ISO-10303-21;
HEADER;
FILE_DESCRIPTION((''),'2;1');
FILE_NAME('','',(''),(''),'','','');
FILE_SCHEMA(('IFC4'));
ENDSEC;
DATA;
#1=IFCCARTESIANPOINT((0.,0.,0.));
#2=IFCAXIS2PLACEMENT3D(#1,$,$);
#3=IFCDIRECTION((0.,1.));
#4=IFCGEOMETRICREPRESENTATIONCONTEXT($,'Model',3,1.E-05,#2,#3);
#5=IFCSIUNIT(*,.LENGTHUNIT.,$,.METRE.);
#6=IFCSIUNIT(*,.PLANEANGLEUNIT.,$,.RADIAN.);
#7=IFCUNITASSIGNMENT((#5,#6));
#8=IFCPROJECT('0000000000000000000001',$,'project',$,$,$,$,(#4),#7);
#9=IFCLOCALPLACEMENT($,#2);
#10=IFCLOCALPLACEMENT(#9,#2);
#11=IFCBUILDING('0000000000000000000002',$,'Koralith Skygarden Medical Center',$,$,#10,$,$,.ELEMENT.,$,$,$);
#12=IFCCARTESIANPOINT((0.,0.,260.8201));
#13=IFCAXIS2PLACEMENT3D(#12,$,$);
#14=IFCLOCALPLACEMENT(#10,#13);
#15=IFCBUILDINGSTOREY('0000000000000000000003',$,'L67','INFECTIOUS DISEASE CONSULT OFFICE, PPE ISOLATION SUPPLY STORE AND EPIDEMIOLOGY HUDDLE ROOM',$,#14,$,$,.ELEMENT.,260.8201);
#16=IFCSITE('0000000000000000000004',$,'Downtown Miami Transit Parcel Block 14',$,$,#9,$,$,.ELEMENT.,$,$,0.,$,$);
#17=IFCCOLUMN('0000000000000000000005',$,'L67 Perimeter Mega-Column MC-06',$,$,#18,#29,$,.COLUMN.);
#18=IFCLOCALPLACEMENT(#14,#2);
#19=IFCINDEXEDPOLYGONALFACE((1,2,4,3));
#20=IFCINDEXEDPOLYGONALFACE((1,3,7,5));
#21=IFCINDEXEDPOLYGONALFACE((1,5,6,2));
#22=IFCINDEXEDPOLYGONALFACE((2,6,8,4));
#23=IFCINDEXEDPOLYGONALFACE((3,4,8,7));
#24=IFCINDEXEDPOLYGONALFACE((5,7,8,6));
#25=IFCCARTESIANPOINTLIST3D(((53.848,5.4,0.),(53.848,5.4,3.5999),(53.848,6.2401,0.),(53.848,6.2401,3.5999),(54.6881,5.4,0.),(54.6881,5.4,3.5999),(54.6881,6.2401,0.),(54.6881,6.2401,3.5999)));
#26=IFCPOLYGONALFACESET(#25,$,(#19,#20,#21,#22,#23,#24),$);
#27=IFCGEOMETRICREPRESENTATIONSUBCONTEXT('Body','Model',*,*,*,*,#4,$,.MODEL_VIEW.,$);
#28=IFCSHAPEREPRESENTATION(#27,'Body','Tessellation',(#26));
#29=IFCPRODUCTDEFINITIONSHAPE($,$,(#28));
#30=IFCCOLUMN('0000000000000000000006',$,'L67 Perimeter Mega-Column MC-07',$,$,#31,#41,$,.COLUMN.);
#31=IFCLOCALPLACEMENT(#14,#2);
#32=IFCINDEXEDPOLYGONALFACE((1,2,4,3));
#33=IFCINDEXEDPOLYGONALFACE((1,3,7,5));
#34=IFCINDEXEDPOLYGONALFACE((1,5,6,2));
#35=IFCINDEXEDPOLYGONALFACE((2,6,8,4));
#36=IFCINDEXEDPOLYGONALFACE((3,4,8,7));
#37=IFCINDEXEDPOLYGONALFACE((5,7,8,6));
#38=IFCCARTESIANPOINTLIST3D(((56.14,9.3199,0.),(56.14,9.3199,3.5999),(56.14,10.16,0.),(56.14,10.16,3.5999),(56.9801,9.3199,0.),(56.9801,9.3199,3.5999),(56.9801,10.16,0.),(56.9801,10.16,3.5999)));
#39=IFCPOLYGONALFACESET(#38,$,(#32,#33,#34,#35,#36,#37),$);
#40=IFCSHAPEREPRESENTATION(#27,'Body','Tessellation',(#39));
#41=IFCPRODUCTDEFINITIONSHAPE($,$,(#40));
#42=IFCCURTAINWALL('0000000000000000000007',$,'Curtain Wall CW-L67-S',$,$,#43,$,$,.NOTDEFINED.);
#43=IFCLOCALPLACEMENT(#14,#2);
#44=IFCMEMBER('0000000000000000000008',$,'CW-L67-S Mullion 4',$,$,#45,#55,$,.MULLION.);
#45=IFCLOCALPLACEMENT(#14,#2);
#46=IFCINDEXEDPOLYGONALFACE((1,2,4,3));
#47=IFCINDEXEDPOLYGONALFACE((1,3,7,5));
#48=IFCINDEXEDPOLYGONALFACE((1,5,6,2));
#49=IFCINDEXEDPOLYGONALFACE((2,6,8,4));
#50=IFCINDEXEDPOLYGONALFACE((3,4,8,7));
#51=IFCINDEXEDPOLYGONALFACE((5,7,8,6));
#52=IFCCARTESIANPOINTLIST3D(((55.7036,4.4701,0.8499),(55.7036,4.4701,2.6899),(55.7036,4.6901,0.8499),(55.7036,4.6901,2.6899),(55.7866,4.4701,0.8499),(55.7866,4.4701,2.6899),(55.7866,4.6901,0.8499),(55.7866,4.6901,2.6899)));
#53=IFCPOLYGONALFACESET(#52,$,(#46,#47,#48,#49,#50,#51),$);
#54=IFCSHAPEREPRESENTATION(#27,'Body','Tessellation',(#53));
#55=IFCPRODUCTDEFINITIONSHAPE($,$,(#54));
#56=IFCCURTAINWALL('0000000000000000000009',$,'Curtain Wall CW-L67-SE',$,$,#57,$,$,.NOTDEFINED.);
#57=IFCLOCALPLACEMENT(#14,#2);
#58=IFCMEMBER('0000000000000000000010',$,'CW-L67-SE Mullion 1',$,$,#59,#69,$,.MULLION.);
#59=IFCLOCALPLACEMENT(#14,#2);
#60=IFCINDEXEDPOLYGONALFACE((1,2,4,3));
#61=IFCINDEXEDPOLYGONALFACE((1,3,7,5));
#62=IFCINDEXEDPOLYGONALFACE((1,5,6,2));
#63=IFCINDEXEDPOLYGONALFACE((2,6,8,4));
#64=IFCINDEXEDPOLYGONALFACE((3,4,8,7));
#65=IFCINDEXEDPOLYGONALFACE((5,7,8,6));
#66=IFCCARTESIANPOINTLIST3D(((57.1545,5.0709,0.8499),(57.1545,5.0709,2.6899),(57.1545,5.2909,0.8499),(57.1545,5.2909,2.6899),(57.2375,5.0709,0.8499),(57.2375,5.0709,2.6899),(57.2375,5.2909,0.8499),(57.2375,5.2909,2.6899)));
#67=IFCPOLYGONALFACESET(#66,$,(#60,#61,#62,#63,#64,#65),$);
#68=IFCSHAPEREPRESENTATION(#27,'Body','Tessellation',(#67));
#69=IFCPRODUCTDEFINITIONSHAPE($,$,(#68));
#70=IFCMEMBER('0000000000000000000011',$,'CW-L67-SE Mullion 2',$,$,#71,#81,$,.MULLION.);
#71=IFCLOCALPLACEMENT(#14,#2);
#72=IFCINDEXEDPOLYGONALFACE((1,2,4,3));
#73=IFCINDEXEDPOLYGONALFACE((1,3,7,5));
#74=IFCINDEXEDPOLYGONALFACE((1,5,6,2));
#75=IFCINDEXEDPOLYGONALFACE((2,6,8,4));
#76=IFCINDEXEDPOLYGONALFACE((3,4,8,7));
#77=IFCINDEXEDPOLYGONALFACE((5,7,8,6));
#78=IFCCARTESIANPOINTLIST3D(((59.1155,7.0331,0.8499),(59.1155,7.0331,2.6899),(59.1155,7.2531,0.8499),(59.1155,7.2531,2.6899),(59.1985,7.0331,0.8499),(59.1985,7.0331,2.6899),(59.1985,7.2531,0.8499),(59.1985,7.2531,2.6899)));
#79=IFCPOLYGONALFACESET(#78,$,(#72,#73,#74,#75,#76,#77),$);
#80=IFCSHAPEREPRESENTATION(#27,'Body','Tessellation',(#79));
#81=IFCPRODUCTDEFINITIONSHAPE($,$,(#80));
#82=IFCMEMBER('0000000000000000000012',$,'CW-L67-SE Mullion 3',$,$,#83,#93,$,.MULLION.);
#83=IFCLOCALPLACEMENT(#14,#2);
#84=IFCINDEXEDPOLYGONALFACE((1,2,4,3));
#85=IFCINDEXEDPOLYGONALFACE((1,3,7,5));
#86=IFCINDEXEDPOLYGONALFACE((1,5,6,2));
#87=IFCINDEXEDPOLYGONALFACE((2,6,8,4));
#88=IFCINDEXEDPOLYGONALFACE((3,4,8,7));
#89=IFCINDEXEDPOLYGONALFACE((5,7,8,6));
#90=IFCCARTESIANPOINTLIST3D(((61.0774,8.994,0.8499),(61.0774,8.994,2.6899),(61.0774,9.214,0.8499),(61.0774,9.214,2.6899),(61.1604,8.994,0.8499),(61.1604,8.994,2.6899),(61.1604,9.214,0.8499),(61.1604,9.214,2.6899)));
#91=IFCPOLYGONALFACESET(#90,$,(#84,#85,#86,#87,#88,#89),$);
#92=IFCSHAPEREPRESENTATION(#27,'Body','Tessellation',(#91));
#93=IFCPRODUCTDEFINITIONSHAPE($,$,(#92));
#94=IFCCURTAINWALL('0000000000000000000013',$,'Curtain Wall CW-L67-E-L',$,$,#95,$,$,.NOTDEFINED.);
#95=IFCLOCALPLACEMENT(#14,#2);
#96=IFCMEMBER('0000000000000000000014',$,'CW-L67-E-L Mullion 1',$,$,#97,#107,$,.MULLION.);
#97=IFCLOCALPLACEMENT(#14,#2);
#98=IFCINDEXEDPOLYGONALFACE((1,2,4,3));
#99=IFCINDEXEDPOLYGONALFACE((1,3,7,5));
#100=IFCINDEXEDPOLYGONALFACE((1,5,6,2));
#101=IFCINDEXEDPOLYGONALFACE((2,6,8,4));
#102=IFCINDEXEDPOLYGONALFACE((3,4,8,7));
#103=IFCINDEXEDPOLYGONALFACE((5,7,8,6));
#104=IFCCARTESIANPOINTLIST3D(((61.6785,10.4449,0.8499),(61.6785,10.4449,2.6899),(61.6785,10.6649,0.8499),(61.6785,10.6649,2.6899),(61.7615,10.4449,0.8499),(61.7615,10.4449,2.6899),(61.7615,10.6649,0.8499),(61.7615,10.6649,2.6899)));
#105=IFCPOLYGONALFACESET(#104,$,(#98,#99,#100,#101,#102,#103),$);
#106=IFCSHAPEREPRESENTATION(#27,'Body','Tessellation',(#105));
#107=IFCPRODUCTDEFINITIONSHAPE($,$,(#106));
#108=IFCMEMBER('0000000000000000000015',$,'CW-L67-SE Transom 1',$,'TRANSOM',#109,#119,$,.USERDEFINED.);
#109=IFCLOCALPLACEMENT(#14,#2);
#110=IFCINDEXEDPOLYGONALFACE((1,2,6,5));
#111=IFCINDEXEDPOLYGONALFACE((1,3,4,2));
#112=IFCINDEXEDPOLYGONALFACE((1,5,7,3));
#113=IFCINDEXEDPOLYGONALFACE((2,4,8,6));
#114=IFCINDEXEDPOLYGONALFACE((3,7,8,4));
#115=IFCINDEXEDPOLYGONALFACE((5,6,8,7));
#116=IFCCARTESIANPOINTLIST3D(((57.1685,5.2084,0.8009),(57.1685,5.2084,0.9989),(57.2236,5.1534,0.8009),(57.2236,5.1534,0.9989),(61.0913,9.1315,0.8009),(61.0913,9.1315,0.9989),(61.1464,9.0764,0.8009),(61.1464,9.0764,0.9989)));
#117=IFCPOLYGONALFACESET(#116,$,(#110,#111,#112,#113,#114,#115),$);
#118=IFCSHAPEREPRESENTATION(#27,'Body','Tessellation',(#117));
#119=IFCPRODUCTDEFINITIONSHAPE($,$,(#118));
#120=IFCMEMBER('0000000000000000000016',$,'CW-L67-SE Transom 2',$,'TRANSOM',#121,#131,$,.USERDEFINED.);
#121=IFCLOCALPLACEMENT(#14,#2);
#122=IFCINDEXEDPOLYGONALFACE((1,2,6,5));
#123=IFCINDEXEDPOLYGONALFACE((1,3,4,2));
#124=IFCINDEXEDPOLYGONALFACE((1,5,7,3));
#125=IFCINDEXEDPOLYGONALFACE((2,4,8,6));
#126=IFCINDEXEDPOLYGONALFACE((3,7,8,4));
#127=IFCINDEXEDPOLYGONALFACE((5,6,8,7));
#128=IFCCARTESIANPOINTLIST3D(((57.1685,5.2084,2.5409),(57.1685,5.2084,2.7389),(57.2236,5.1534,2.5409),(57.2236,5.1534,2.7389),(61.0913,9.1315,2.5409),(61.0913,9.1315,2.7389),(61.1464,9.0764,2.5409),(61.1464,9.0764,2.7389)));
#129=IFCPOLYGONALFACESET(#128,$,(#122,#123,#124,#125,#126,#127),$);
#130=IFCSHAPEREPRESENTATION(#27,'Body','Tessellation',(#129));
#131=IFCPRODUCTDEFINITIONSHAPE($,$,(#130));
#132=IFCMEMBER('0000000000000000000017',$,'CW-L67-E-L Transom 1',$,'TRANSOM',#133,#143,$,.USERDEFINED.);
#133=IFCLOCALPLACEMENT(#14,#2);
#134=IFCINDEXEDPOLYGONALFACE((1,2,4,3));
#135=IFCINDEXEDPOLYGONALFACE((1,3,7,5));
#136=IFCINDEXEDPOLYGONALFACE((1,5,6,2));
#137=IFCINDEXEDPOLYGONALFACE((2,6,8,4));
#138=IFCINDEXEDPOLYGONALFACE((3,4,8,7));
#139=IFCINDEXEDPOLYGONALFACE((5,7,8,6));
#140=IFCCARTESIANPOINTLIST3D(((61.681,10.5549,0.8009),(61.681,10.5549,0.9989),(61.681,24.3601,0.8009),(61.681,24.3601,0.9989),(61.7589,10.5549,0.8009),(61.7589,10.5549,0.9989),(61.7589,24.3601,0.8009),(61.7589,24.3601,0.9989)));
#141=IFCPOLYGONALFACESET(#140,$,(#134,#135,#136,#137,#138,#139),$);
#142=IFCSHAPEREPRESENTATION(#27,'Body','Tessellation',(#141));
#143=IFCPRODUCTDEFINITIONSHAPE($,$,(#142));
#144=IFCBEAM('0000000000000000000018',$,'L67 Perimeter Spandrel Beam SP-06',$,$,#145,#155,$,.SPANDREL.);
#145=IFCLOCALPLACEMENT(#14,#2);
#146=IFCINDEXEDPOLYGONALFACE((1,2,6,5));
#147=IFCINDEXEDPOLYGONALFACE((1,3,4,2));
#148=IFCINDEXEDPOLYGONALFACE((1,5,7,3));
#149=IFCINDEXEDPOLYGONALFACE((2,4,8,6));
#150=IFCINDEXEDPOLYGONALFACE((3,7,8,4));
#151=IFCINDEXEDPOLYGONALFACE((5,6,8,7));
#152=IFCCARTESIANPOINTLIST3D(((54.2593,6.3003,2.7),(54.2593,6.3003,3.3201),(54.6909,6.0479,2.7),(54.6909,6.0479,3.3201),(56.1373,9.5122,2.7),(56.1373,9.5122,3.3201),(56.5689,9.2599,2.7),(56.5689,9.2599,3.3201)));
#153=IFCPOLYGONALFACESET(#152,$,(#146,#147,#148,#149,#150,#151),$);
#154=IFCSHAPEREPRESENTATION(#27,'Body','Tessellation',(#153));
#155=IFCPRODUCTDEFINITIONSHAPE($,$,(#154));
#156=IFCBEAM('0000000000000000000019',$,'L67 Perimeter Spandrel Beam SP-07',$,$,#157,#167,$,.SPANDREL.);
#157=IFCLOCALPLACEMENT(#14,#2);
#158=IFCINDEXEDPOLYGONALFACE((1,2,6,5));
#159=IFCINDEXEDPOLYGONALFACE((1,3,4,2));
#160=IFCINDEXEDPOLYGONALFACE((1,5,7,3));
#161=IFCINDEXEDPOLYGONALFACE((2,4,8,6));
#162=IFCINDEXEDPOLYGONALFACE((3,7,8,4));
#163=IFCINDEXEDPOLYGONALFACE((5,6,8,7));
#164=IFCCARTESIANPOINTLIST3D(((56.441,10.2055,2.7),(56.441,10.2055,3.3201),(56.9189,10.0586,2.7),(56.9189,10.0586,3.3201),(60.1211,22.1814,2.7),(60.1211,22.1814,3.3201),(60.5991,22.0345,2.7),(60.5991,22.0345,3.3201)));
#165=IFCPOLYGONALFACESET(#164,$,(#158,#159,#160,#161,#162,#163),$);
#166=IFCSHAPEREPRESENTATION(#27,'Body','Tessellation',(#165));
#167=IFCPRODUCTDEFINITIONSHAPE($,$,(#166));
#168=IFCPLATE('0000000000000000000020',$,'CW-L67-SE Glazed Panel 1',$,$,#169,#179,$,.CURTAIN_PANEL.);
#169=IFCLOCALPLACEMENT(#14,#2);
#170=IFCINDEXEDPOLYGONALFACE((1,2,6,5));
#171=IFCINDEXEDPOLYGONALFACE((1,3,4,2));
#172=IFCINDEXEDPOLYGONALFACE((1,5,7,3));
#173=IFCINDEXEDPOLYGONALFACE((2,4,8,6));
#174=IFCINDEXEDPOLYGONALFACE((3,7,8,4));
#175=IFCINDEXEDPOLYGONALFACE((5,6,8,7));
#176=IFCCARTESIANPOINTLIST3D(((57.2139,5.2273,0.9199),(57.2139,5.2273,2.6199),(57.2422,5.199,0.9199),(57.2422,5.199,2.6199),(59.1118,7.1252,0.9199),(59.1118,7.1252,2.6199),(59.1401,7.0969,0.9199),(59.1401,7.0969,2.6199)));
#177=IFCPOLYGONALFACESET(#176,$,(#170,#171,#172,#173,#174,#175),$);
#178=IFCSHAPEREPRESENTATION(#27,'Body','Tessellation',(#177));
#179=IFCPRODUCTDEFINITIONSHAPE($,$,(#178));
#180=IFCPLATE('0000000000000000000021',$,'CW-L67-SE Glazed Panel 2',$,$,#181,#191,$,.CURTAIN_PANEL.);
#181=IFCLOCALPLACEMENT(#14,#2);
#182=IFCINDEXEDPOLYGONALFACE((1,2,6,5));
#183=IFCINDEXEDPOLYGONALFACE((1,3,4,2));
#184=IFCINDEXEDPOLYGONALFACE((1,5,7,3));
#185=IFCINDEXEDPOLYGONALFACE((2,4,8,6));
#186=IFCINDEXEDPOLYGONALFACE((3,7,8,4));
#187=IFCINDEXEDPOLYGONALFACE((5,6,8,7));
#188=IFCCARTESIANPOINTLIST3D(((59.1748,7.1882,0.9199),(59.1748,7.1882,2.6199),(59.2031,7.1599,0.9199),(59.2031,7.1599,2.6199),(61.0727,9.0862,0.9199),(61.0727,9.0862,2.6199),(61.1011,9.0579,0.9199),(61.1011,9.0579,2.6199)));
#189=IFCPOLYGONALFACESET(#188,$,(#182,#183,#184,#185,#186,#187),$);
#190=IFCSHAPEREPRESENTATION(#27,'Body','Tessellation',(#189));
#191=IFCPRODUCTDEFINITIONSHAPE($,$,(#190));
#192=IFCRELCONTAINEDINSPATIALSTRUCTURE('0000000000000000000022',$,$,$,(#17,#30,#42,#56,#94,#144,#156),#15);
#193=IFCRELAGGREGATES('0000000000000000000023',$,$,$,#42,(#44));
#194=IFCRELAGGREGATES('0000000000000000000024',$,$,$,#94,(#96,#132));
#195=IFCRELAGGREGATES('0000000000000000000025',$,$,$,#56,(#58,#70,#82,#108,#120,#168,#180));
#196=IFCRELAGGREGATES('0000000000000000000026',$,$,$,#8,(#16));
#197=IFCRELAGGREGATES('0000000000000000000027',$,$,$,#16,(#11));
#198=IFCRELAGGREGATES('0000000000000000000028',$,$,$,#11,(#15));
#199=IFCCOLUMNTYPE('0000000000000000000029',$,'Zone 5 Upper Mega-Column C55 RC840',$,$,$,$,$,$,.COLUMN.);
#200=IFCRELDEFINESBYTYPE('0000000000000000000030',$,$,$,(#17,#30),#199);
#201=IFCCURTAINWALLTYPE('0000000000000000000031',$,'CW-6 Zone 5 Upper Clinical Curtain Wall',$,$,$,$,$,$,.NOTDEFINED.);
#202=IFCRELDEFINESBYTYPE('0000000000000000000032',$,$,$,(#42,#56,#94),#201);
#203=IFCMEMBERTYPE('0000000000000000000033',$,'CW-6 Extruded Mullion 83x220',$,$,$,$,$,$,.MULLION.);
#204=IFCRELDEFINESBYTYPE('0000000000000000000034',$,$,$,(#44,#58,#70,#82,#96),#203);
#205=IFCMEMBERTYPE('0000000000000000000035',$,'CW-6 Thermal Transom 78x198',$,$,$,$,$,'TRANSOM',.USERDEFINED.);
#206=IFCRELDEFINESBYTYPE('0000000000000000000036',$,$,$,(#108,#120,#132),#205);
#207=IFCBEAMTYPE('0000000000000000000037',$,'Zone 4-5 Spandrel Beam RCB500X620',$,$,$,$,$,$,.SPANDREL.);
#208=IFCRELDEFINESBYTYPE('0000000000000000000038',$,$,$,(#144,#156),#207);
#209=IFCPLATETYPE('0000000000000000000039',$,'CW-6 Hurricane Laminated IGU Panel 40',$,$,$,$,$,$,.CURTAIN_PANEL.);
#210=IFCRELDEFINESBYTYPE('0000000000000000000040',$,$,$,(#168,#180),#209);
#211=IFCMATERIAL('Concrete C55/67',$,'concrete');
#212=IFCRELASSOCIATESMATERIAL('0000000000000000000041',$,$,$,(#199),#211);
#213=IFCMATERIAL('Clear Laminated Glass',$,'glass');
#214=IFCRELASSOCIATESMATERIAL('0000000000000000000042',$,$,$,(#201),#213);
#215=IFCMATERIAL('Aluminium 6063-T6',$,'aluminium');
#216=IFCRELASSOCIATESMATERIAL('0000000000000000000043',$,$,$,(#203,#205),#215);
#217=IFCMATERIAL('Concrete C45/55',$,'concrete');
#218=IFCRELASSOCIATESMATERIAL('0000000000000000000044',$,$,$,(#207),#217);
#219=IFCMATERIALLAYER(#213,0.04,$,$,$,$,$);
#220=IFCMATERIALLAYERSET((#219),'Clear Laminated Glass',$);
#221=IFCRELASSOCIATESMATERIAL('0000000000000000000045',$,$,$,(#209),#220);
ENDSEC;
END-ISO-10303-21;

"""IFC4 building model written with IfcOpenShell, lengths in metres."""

from ifc_helpers import new_model, si_unit, direction, frame, origin, origin_2d, place, context, subcontext, project, spatial, rectangle, extrude, material, layer, layer_set, material_profile, profile_set, type_object, element, aggregate, save


model = new_model("IFC4")

# Units and contexts
model_context = context("Model", 3, precision=1e-05, world=origin(), true_north=direction((0.0, 1.0)))
body_context = subcontext(model_context, "Body", "Model", "MODEL_VIEW")
ifc_project = project(units=[si_unit("LENGTHUNIT", "METRE"), si_unit("PLANEANGLEUNIT", "RADIAN")], contexts=[model_context])

# Site, building, storey
site_placement = place(None, origin())
site = spatial("IfcSite", under=ifc_project, at=site_placement, Name="Downtown Miami Transit Parcel Block 14", CompositionType="ELEMENT", RefElevation=0.0)
building_placement = place(site_placement, origin())
building = spatial("IfcBuilding", under=site, at=building_placement, Name="Koralith Skygarden Medical Center", CompositionType="ELEMENT")
storey_placement = place(building_placement, frame((0.0, 0.0, 260.8201)))
storey = spatial("IfcBuildingStorey", under=building, at=storey_placement, Name="L67", Description="INFECTIOUS DISEASE CONSULT OFFICE, PPE ISOLATION SUPPLY STORE AND EPIDEMIOLOGY HUDDLE ROOM", CompositionType="ELEMENT", Elevation=260.8201)

# Columns
ifc_material_1 = material(Name="Concrete C55/67", Category="concrete")
ifc_material_profile_1 = material_profile(ifc_material_1, rectangle(XDim=0.8401, YDim=0.8401, at=origin_2d()), Name="RC840X840")
ifc_profile_set_1 = profile_set([ifc_material_profile_1], Name="Concrete C55/67")
column_type = type_object("IfcColumnType", Name="Zone 5 Upper Mega-Column C55 RC840", PredefinedType="COLUMN", material=ifc_profile_set_1)
for number, where, z_axis, x_axis, name in (
    (1, (54.2681, 5.8201, 0.0), (0.0, 0.0, 1.0), (1.0, 0.0, 0.0), "L67 Perimeter Mega-Column MC-06"),
    (2, (56.5601, 9.74, 0.0), (0.0, 0.0, 1.0), (1.0, 0.0, 0.0), "L67 Perimeter Mega-Column MC-07"),
):
    element("IfcColumn", number, at=place(storey_placement, frame(where, z_axis=z_axis, x_axis=x_axis)), inside=storey, type_object=column_type, Name=name, PredefinedType="COLUMN", context=body_context, shape_type="SweptSolid", body=[
        extrude(rectangle(XDim=0.8401, YDim=0.8401, at=origin_2d()), origin(), (0.0, 0.0, 1.0), 3.5999),
    ])

# Curtain wall, member
ifc_material_2 = material(Name="Clear Laminated Glass", Category="glass")
curtain_wall_type = type_object("IfcCurtainWallType", Name="CW-6 Zone 5 Upper Clinical Curtain Wall", PredefinedType="NOTDEFINED", material=ifc_material_2)
curtain_wall_1_placement = place(storey_placement, origin())
curtain_wall_1 = element("IfcCurtainWall", 3, at=curtain_wall_1_placement, inside=storey, type_object=curtain_wall_type, Name="Curtain Wall CW-L67-S", PredefinedType="NOTDEFINED")
ifc_material_3 = material(Name="Aluminium 6063-T6", Category="aluminium")
ifc_material_profile_2 = material_profile(ifc_material_3, rectangle(XDim=0.083, YDim=0.22, at=origin_2d()), Name="MUL83X220")
ifc_profile_set_2 = profile_set([ifc_material_profile_2], Name="Aluminium 6063-T6")
member_type_1 = type_object("IfcMemberType", Name="CW-6 Extruded Mullion 83x220", PredefinedType="MULLION", material=ifc_profile_set_2)
member_1_placement = place(storey_placement, frame((55.7451, 4.5801, 0.8499), z_axis=(0.0, 0.0, 1.0), x_axis=(1.0, 0.0, 0.0)))
member_1 = element("IfcMember", 4, at=member_1_placement, type_object=member_type_1, Name="CW-L67-S Mullion 4", PredefinedType="MULLION", context=body_context, shape_type="SweptSolid", body=[
    extrude(rectangle(XDim=0.083, YDim=0.22, at=origin_2d()), origin(), (0.0, 0.0, 1.0), 1.8401),
])
aggregate(curtain_wall_1, [member_1])

# Curtain wall, members
curtain_wall_2_placement = place(storey_placement, origin())
curtain_wall_2 = element("IfcCurtainWall", 5, at=curtain_wall_2_placement, inside=storey, type_object=curtain_wall_type, Name="Curtain Wall CW-L67-SE", PredefinedType="NOTDEFINED")
member_2_placement = place(storey_placement, frame((57.196, 5.1809, 0.8499), z_axis=(0.0, 0.0, 1.0), x_axis=(1.0, 0.0, 0.0)))
member_2 = element("IfcMember", 6, at=member_2_placement, type_object=member_type_1, Name="CW-L67-SE Mullion 1", PredefinedType="MULLION", context=body_context, shape_type="SweptSolid", body=[
    extrude(rectangle(XDim=0.083, YDim=0.22, at=origin_2d()), origin(), (0.0, 0.0, 1.0), 1.8401),
])
member_3_placement = place(storey_placement, frame((59.157, 7.1431, 0.8499), z_axis=(0.0, 0.0, 1.0), x_axis=(1.0, 0.0, 0.0)))
member_3 = element("IfcMember", 7, at=member_3_placement, type_object=member_type_1, Name="CW-L67-SE Mullion 2", PredefinedType="MULLION", context=body_context, shape_type="SweptSolid", body=[
    extrude(rectangle(XDim=0.083, YDim=0.22, at=origin_2d()), origin(), (0.0, 0.0, 1.0), 1.8401),
])
member_4_placement = place(storey_placement, frame((61.1189, 9.104, 0.8499), z_axis=(0.0, 0.0, 1.0), x_axis=(1.0, 0.0, 0.0)))
member_4 = element("IfcMember", 8, at=member_4_placement, type_object=member_type_1, Name="CW-L67-SE Mullion 3", PredefinedType="MULLION", context=body_context, shape_type="SweptSolid", body=[
    extrude(rectangle(XDim=0.083, YDim=0.22, at=origin_2d()), origin(), (0.0, 0.0, 1.0), 1.8401),
])

# Curtain wall, member
curtain_wall_3_placement = place(storey_placement, origin())
curtain_wall_3 = element("IfcCurtainWall", 9, at=curtain_wall_3_placement, inside=storey, type_object=curtain_wall_type, Name="Curtain Wall CW-L67-E-L", PredefinedType="NOTDEFINED")
member_5_placement = place(storey_placement, frame((61.72, 10.5549, 0.8499), z_axis=(0.0, 0.0, 1.0), x_axis=(1.0, 0.0, 0.0)))
member_5 = element("IfcMember", 10, at=member_5_placement, type_object=member_type_1, Name="CW-L67-E-L Mullion 1", PredefinedType="MULLION", context=body_context, shape_type="SweptSolid", body=[
    extrude(rectangle(XDim=0.083, YDim=0.22, at=origin_2d()), origin(), (0.0, 0.0, 1.0), 1.8401),
])

# Members
ifc_material_profile_3 = material_profile(ifc_material_3, rectangle(XDim=0.0779, YDim=0.198, at=origin_2d()), Name="TRN78X198")
ifc_profile_set_3 = profile_set([ifc_material_profile_3], Name="Aluminium 6063-T6")
member_type_2 = type_object("IfcMemberType", Name="CW-6 Thermal Transom 78x198", ElementType="TRANSOM", PredefinedType="USERDEFINED", material=ifc_profile_set_3)
member_6_placement = place(storey_placement, frame((57.196, 5.1809, 0.8999), z_axis=(0.707085, 0.707129, 0.0), x_axis=(-0.707129, 0.707085, 0.0)))
member_6 = element("IfcMember", 11, at=member_6_placement, type_object=member_type_2, Name="CW-L67-SE Transom 1", ObjectType="TRANSOM", PredefinedType="USERDEFINED", context=body_context, shape_type="SweptSolid", body=[
    extrude(rectangle(XDim=0.0779, YDim=0.198, at=origin_2d()), origin(), (0.0, 0.0, 1.0), 5.5479),
])
member_7_placement = place(storey_placement, frame((57.196, 5.1809, 2.6399), z_axis=(0.707085, 0.707129, 0.0), x_axis=(-0.707129, 0.707085, 0.0)))
member_7 = element("IfcMember", 12, at=member_7_placement, type_object=member_type_2, Name="CW-L67-SE Transom 2", ObjectType="TRANSOM", PredefinedType="USERDEFINED", context=body_context, shape_type="SweptSolid", body=[
    extrude(rectangle(XDim=0.0779, YDim=0.198, at=origin_2d()), origin(), (0.0, 0.0, 1.0), 5.5479),
])
member_8_placement = place(storey_placement, frame((61.72, 10.5549, 0.8999), z_axis=(0.0, 1.0, 0.0), x_axis=(-1.0, 0.0, 0.0)))
member_8 = element("IfcMember", 13, at=member_8_placement, type_object=member_type_2, Name="CW-L67-E-L Transom 1", ObjectType="TRANSOM", PredefinedType="USERDEFINED", context=body_context, shape_type="SweptSolid", body=[
    extrude(rectangle(XDim=0.0779, YDim=0.198, at=origin_2d()), origin(), (0.0, 0.0, 1.0), 13.8052),
])
aggregate(curtain_wall_3, [member_5, member_8])

# Beams
ifc_material_4 = material(Name="Concrete C45/55", Category="concrete")
ifc_material_profile_4 = material_profile(ifc_material_4, rectangle(XDim=0.5, YDim=0.6201, at=origin_2d()), Name="RCB500X620")
ifc_profile_set_4 = profile_set([ifc_material_profile_4], Name="Concrete C45/55")
beam_type = type_object("IfcBeamType", Name="Zone 4-5 Spandrel Beam RCB500X620", PredefinedType="SPANDREL", material=ifc_profile_set_4)
beam_1_placement = place(storey_placement, frame((54.4751, 6.1741, 3.01), z_axis=(0.504736, 0.863274, 0.0), x_axis=(-0.863274, 0.504736, 0.0)))
element("IfcBeam", 14, at=beam_1_placement, inside=storey, type_object=beam_type, Name="L67 Perimeter Spandrel Beam SP-06", PredefinedType="SPANDREL", context=body_context, shape_type="SweptSolid", body=[
    extrude(rectangle(XDim=0.5, YDim=0.6201, at=origin_2d()), origin(), (0.0, 0.0, 1.0), 3.7207),
])
beam_2_placement = place(storey_placement, frame((56.6799, 10.1321, 3.01), z_axis=(0.293743, 0.955884, 0.0), x_axis=(-0.955884, 0.293743, 0.0)))
element("IfcBeam", 15, at=beam_2_placement, inside=storey, type_object=beam_type, Name="L67 Perimeter Spandrel Beam SP-07", PredefinedType="SPANDREL", context=body_context, shape_type="SweptSolid", body=[
    extrude(rectangle(XDim=0.5, YDim=0.6201, at=origin_2d()), origin(), (0.0, 0.0, 1.0), 12.5286),
])

# Plates
ifc_layer_1 = layer(ifc_material_2, 0.04)
ifc_layer_set_1 = layer_set([ifc_layer_1], Name="Clear Laminated Glass")
plate_type_1 = type_object("IfcPlateType", Name="CW-6 Hurricane Laminated IGU Panel 40", PredefinedType="CURTAIN_PANEL", material=ifc_layer_set_1)
plate_1_placement = place(storey_placement, frame((58.177, 6.1621, 0.9199), z_axis=(0.0, 0.0, 1.0), x_axis=(0.707107, 0.707107, 0.0)))
plate_1 = element("IfcPlate", 16, at=plate_1_placement, type_object=plate_type_1, Name="CW-L67-SE Glazed Panel 1", PredefinedType="CURTAIN_PANEL", context=body_context, shape_type="SweptSolid", body=[
    extrude(rectangle(XDim=2.6841, YDim=0.04, at=origin_2d()), origin(), (0.0, 0.0, 1.0), 1.7),
])
plate_2_placement = place(storey_placement, frame((60.1379, 8.123, 0.9199), z_axis=(0.0, 0.0, 1.0), x_axis=(0.707107, 0.707107, 0.0)))
plate_2 = element("IfcPlate", 17, at=plate_2_placement, type_object=plate_type_1, Name="CW-L67-SE Glazed Panel 2", PredefinedType="CURTAIN_PANEL", context=body_context, shape_type="SweptSolid", body=[
    extrude(rectangle(XDim=2.6841, YDim=0.04, at=origin_2d()), origin(), (0.0, 0.0, 1.0), 1.7),
])
aggregate(curtain_wall_2, [member_2, member_3, member_4, member_6, member_7, plate_1, plate_2])

save(model, "model.ifc")
